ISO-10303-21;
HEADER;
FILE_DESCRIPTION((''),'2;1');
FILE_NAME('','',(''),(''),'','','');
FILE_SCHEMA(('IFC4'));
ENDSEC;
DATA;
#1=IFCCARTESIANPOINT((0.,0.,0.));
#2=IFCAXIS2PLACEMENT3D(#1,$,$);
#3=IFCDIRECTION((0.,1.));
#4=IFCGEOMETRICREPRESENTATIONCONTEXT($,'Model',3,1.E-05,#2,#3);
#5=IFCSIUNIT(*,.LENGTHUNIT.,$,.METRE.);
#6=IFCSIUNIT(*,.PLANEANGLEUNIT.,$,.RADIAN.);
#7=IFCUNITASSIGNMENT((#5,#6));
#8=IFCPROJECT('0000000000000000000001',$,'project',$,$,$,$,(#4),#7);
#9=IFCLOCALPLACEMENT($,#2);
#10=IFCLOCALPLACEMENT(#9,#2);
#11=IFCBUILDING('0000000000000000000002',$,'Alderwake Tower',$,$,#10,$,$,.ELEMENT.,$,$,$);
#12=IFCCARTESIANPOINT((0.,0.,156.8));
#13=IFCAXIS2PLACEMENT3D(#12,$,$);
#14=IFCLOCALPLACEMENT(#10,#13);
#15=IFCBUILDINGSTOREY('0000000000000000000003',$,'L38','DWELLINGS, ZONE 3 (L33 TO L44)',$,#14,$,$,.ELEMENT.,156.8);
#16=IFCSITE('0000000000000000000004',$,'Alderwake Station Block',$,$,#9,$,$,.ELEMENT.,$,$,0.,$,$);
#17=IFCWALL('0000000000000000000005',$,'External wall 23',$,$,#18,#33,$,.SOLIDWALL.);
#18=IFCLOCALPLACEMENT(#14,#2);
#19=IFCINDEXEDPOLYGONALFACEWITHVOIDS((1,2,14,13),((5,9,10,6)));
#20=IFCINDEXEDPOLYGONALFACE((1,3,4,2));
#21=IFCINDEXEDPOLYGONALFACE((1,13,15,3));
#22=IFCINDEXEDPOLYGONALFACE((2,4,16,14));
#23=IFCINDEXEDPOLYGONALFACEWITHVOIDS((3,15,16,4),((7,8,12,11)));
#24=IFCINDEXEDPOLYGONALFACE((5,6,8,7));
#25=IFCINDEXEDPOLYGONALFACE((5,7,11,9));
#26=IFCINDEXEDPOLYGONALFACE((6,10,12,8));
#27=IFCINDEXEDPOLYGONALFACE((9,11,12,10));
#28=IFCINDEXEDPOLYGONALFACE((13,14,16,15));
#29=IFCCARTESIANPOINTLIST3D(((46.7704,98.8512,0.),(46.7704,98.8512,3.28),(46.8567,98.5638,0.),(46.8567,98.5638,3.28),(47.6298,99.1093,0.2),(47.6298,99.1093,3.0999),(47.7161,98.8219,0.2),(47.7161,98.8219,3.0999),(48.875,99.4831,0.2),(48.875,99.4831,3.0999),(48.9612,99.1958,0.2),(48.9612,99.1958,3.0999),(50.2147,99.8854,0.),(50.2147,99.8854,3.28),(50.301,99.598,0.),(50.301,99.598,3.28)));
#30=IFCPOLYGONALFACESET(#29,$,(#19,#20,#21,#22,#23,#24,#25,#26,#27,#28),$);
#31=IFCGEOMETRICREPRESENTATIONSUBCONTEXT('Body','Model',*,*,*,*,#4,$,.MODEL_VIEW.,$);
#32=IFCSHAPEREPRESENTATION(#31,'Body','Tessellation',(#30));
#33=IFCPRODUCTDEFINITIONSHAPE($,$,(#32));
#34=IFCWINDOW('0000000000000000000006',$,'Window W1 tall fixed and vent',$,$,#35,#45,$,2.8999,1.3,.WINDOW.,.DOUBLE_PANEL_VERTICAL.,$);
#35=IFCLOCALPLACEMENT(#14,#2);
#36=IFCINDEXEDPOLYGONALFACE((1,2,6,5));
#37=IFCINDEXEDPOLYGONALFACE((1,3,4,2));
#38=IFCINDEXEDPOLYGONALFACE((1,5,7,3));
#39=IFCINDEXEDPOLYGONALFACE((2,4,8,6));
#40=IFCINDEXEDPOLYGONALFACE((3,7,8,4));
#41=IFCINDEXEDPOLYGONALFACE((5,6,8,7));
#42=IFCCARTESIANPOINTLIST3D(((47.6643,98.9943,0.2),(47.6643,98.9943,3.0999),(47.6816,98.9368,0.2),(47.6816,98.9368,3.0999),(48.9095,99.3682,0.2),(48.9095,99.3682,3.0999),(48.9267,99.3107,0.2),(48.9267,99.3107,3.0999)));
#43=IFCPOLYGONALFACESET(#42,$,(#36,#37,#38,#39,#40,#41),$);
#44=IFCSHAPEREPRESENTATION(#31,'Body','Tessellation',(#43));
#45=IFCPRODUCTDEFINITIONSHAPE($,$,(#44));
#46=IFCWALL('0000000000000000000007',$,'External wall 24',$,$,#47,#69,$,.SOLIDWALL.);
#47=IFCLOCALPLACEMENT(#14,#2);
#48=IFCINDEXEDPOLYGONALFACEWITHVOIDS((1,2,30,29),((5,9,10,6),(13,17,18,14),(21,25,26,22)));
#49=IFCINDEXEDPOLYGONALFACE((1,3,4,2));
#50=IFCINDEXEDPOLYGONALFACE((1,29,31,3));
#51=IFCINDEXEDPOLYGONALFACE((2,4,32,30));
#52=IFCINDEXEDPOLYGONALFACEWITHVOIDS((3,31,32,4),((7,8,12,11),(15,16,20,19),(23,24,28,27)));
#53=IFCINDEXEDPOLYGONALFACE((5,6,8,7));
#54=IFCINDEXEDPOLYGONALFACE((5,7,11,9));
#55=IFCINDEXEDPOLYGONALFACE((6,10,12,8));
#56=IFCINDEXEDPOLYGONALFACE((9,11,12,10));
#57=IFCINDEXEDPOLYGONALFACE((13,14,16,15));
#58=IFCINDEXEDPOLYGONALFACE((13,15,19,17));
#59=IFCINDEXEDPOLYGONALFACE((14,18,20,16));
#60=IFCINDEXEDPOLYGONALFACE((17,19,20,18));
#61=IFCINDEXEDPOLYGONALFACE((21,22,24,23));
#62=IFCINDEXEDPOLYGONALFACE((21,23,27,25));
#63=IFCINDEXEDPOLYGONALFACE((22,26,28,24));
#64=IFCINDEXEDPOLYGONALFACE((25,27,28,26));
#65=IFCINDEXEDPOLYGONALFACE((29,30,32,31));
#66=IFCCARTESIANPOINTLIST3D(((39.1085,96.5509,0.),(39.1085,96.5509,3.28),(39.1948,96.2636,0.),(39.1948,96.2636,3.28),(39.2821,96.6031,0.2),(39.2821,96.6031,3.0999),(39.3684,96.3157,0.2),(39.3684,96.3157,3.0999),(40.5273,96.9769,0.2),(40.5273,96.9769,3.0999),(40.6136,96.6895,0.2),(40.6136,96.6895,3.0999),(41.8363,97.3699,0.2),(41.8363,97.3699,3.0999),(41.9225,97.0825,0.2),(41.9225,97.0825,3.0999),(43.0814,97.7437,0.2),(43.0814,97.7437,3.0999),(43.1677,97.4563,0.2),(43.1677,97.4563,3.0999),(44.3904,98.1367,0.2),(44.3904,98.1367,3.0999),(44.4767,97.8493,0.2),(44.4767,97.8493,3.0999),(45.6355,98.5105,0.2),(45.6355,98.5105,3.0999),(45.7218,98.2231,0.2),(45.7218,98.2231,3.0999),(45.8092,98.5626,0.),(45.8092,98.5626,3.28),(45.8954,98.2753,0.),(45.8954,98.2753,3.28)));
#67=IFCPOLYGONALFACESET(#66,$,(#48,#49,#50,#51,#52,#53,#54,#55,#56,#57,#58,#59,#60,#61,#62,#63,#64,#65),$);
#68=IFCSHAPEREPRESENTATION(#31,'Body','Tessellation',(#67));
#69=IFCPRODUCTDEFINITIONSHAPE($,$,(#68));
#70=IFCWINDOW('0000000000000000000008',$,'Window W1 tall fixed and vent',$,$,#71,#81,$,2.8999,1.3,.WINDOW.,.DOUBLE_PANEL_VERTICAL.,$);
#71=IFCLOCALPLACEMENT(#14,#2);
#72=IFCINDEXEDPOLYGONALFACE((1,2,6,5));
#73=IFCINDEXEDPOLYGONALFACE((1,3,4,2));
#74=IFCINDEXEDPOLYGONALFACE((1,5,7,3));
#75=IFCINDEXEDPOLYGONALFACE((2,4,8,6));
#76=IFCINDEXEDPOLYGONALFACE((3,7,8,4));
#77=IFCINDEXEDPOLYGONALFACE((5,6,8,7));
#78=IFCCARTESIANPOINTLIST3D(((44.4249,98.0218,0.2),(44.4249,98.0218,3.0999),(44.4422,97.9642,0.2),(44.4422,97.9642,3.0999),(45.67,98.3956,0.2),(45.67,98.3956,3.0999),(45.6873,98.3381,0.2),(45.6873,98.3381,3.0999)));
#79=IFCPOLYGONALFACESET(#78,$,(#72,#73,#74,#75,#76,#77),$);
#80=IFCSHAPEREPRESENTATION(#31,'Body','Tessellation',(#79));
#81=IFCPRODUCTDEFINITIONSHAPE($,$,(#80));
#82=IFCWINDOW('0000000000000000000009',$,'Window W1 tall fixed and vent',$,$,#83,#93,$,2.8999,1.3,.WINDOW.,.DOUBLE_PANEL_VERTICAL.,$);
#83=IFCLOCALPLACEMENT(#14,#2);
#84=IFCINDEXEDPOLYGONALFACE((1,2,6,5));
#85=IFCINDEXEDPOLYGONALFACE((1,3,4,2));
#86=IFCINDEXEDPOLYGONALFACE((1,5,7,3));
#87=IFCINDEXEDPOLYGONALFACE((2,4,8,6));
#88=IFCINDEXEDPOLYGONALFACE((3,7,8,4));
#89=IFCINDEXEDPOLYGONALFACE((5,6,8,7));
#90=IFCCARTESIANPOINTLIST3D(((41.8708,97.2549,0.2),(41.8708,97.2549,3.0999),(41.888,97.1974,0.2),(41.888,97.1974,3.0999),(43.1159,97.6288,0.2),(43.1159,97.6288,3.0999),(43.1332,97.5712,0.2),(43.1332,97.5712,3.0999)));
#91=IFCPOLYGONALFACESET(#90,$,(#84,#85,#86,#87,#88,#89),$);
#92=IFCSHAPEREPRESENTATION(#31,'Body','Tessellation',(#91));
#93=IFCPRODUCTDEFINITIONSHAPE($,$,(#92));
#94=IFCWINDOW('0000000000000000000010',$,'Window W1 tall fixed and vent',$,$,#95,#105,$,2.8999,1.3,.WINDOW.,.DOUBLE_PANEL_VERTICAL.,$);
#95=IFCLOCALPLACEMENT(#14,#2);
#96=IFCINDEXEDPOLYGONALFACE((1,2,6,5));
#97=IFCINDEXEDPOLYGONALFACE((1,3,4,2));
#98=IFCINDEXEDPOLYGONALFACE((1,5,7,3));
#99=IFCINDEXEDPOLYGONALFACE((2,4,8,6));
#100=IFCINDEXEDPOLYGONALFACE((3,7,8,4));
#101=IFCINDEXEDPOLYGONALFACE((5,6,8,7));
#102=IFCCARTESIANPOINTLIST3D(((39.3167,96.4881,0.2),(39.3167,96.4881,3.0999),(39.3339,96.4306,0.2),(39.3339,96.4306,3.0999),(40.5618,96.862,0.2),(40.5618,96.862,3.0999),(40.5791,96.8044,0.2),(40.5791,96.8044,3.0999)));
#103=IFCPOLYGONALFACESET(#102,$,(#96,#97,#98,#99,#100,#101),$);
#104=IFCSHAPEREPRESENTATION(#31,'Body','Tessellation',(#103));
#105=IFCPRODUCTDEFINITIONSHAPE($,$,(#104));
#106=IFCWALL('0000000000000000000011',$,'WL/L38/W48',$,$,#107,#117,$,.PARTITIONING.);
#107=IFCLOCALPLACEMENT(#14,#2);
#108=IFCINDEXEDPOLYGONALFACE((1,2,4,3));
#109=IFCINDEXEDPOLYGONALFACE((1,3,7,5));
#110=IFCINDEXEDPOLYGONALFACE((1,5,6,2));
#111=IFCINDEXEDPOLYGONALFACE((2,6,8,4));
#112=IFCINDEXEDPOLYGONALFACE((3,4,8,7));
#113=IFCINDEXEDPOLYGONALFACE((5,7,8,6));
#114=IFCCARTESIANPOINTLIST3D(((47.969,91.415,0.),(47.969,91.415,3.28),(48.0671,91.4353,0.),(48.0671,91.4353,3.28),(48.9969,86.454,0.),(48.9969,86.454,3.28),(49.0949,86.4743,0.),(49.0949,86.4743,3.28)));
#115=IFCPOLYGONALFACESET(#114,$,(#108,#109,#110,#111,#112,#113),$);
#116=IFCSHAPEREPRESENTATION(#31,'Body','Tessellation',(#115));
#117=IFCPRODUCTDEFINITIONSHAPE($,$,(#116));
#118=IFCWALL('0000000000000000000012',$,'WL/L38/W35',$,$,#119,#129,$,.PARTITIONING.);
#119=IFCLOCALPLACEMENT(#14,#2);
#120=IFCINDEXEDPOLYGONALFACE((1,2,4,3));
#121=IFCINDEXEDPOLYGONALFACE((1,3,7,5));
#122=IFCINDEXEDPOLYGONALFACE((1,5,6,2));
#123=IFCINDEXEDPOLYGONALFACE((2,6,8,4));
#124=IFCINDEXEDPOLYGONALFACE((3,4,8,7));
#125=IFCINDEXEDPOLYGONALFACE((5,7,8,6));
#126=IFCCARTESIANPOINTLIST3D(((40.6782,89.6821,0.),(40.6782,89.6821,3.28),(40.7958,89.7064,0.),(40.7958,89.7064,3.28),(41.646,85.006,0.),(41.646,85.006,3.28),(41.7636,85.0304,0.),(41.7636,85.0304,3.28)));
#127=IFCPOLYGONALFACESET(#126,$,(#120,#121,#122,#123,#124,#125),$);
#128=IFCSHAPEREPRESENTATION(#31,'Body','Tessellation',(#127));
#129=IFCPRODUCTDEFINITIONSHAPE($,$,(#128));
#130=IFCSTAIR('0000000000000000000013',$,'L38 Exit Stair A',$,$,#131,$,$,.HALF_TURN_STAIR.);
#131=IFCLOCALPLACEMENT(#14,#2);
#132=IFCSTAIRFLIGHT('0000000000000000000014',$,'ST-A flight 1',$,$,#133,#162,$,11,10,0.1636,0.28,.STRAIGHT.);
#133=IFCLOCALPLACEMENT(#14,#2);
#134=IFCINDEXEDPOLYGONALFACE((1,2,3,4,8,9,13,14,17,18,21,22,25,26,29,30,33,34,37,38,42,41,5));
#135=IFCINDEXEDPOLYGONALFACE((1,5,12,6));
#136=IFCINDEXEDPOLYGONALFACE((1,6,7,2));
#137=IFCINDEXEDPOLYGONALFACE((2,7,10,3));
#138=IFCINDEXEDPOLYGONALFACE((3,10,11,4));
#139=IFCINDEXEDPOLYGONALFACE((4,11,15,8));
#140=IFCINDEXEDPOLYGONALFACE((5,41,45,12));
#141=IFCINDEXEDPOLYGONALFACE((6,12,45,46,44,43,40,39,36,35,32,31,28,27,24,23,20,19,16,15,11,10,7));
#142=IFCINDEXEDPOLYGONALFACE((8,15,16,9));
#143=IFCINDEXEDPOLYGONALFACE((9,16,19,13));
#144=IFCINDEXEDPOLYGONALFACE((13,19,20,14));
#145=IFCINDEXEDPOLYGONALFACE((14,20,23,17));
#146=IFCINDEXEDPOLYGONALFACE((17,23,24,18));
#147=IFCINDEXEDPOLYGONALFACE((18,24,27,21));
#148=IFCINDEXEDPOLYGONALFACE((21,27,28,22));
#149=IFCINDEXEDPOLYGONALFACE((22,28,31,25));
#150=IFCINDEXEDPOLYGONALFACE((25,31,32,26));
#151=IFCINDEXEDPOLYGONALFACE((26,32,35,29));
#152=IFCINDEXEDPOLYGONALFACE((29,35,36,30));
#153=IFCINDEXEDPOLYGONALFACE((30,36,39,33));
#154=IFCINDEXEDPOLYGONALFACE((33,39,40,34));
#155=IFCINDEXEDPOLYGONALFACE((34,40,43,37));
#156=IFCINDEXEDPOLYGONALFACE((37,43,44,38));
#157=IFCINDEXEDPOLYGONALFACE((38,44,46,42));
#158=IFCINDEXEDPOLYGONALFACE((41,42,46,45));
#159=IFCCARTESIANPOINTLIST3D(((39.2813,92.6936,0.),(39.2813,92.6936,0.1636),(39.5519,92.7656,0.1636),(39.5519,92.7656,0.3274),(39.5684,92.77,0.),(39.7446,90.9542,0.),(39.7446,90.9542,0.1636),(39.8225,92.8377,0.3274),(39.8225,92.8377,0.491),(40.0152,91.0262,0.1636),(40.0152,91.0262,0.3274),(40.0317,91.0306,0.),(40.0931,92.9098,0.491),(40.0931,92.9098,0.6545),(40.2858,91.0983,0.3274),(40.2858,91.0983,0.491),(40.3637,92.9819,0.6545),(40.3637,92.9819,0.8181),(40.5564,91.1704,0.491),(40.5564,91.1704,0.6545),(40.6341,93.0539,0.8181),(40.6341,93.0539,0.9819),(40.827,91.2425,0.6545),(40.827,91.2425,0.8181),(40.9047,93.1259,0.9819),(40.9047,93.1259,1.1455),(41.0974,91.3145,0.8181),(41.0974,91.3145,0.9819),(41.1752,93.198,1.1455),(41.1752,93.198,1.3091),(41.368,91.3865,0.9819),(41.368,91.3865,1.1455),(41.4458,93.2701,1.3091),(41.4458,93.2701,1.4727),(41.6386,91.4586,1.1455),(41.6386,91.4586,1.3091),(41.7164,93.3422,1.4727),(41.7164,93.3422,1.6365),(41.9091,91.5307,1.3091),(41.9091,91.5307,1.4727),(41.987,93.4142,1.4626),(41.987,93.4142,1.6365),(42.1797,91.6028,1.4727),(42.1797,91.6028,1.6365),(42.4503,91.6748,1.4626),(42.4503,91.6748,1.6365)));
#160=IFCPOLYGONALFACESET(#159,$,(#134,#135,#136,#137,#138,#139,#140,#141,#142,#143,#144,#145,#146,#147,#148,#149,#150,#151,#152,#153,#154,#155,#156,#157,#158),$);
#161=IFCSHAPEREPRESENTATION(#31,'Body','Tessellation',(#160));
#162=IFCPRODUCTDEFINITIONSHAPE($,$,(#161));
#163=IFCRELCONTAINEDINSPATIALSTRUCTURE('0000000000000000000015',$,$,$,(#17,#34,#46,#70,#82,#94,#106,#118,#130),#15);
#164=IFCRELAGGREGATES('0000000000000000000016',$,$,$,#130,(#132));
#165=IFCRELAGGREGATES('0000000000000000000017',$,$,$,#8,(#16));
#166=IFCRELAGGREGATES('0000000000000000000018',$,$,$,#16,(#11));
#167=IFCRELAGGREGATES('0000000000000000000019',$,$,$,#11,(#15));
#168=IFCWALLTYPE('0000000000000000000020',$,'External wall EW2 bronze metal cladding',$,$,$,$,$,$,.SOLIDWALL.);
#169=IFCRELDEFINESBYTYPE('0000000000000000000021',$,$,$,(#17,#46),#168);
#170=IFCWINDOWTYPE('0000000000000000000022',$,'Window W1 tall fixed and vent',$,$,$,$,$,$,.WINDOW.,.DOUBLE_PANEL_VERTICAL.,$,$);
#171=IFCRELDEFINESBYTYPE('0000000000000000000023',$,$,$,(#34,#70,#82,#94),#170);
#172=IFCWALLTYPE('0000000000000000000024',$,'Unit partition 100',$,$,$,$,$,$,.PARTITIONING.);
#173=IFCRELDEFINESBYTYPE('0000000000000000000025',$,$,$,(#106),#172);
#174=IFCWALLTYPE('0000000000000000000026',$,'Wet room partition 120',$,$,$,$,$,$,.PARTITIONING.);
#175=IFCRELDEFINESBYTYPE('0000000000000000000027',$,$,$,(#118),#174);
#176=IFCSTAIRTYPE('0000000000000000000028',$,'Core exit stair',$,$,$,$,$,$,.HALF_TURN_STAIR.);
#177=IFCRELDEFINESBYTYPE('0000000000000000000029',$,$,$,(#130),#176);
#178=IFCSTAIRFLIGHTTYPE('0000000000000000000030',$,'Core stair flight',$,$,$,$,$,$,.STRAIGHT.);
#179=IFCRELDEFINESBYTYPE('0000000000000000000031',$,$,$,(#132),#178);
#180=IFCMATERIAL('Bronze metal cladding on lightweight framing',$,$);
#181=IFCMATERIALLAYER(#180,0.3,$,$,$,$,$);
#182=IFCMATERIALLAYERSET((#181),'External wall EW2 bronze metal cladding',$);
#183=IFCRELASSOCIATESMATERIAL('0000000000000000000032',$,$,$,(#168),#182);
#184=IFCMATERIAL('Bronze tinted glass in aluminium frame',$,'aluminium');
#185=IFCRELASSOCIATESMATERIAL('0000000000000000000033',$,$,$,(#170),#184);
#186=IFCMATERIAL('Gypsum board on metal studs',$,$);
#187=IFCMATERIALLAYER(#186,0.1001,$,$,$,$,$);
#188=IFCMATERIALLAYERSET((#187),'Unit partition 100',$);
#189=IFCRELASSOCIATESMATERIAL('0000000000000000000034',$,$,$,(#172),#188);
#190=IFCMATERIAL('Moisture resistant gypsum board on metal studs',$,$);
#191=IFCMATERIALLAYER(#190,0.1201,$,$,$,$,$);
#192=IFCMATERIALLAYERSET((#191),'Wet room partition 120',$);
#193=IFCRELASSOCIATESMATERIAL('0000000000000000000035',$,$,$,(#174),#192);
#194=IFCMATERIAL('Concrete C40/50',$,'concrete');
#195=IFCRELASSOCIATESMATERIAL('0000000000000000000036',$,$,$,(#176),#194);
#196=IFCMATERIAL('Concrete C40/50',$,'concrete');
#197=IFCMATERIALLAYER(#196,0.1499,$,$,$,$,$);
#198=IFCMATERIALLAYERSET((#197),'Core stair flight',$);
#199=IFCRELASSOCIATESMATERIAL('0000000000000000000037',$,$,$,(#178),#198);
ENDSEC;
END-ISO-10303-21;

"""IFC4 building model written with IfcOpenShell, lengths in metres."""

from ifc_helpers import new_model, si_unit, direction, frame, frame_2d, origin, place, context, subcontext, project, spatial, polyline, rectangle, outline, extrude, material, layer, layer_set, type_object, element, fill, aggregate, save


model = new_model("IFC4")

# Units and contexts
model_context = context("Model", 3, precision=1e-05, world=origin(), true_north=direction((0.0, 1.0)))
body_context = subcontext(model_context, "Body", "Model", "MODEL_VIEW")
ifc_project = project(units=[si_unit("LENGTHUNIT", "METRE"), si_unit("PLANEANGLEUNIT", "RADIAN")], contexts=[model_context])

# Site, building, storey
site_placement = place(None, origin())
site = spatial("IfcSite", under=ifc_project, at=site_placement, Name="Alderwake Station Block", CompositionType="ELEMENT", RefElevation=0.0)
building_placement = place(site_placement, origin())
building = spatial("IfcBuilding", under=site, at=building_placement, Name="Alderwake Tower", CompositionType="ELEMENT")
storey_placement = place(building_placement, frame((0.0, 0.0, 156.8)))
storey = spatial("IfcBuildingStorey", under=building, at=storey_placement, Name="L38", Description="DWELLINGS, ZONE 3 (L33 TO L44)", CompositionType="ELEMENT", Elevation=156.8)

# Shared definitions
ifc_material_1 = material(Name="Bronze metal cladding on lightweight framing")
ifc_layer_1 = layer(ifc_material_1, 0.3)
ifc_layer_set_1 = layer_set([ifc_layer_1], Name="External wall EW2 bronze metal cladding")
wall_type_1 = type_object("IfcWallType", Name="External wall EW2 bronze metal cladding", PredefinedType="SOLIDWALL", material=ifc_layer_set_1)
ifc_material_2 = material(Name="Bronze tinted glass in aluminium frame", Category="aluminium")
window_type = type_object("IfcWindowType", Name="Window W1 tall fixed and vent", PartitioningType="DOUBLE_PANEL_VERTICAL", PredefinedType="WINDOW", material=ifc_material_2)

# Wall, opening, window
wall_1_placement = place(storey_placement, frame((50.2578, 99.7417, 0.0), z_axis=(0.0, 0.0, 1.0), x_axis=(-0.957759, -0.287572, 0.0)))
wall_1 = element("IfcWall", 1, at=wall_1_placement, inside=storey, type_object=wall_type_1, Name="External wall 23", PredefinedType="SOLIDWALL", context=body_context, shape_type="SweptSolid", body=[
    extrude(rectangle(XDim=3.5962, YDim=0.3, at=frame_2d((1.7981, 0.0))), origin(), (0.0, 0.0, 1.0), 3.28),
])
opening_1_placement = place(wall_1_placement, frame((1.3989, 0.0, 0.2)))
opening_1 = element("IfcOpeningElement", 2, at=opening_1_placement, cuts=wall_1, PredefinedType="OPENING", context=body_context, shape_type="SweptSolid", body=[
    extrude(rectangle(XDim=1.3, YDim=2.8999, at=frame_2d((0.6499, 1.45))), frame((0.0, 0.1599, 0.0), z_axis=(0.0, -1.0, 0.0), x_axis=(1.0, 0.0, 0.0)), (0.0, 0.0, 1.0), 0.3201),
])
window_1_placement = place(opening_1_placement, origin())
window_1 = element("IfcWindow", 3, at=window_1_placement, inside=storey, type_object=window_type, Name="Window W1 tall fixed and vent", OverallHeight=2.8999, OverallWidth=1.3, PartitioningType="DOUBLE_PANEL_VERTICAL", PredefinedType="WINDOW", context=body_context, shape_type="SweptSolid", body=[
    extrude(rectangle(XDim=1.3, YDim=2.8999, at=frame_2d((0.6499, 1.45))), frame((0.0, 0.03, 0.0), z_axis=(0.0, -1.0, 0.0), x_axis=(1.0, 0.0, 0.0)), (0.0, 0.0, 1.0), 0.0601),
])
fill(opening_1, window_1)

# Wall, openings, windows
wall_2_placement = place(storey_placement, frame((45.8523, 98.4189, 0.0), z_axis=(0.0, 0.0, 1.0), x_axis=(-0.957767, -0.287546, 0.0)))
wall_2 = element("IfcWall", 4, at=wall_2_placement, inside=storey, type_object=wall_type_1, Name="External wall 24", PredefinedType="SOLIDWALL", context=body_context, shape_type="SweptSolid", body=[
    extrude(rectangle(XDim=6.9961, YDim=0.3, at=frame_2d((3.498, 0.0))), origin(), (0.0, 0.0, 1.0), 3.28),
])
opening_2_placement = place(wall_2_placement, frame((0.1814, 0.0, 0.2)))
opening_2 = element("IfcOpeningElement", 5, at=opening_2_placement, cuts=wall_2, PredefinedType="OPENING", context=body_context, shape_type="SweptSolid", body=[
    extrude(rectangle(XDim=1.3, YDim=2.8999, at=frame_2d((0.6499, 1.45))), frame((0.0, 0.1599, 0.0), z_axis=(0.0, -1.0, 0.0), x_axis=(1.0, 0.0, 0.0)), (0.0, 0.0, 1.0), 0.3201),
])
opening_3_placement = place(wall_2_placement, frame((2.8481, 0.0, 0.2)))
opening_3 = element("IfcOpeningElement", 6, at=opening_3_placement, cuts=wall_2, PredefinedType="OPENING", context=body_context, shape_type="SweptSolid", body=[
    extrude(rectangle(XDim=1.3, YDim=2.8999, at=frame_2d((0.6499, 1.45))), frame((0.0, 0.1599, 0.0), z_axis=(0.0, -1.0, 0.0), x_axis=(1.0, 0.0, 0.0)), (0.0, 0.0, 1.0), 0.3201),
])
opening_4_placement = place(wall_2_placement, frame((5.5149, 0.0, 0.2)))
opening_4 = element("IfcOpeningElement", 7, at=opening_4_placement, cuts=wall_2, PredefinedType="OPENING", context=body_context, shape_type="SweptSolid", body=[
    extrude(rectangle(XDim=1.3, YDim=2.8999, at=frame_2d((0.6499, 1.45))), frame((0.0, 0.1599, 0.0), z_axis=(0.0, -1.0, 0.0), x_axis=(1.0, 0.0, 0.0)), (0.0, 0.0, 1.0), 0.3201),
])
window_2_placement = place(opening_2_placement, origin())
window_2 = element("IfcWindow", 8, at=window_2_placement, inside=storey, type_object=window_type, Name="Window W1 tall fixed and vent", OverallHeight=2.8999, OverallWidth=1.3, PartitioningType="DOUBLE_PANEL_VERTICAL", PredefinedType="WINDOW", context=body_context, shape_type="SweptSolid", body=[
    extrude(rectangle(XDim=1.3, YDim=2.8999, at=frame_2d((0.6499, 1.45))), frame((0.0, 0.03, 0.0), z_axis=(0.0, -1.0, 0.0), x_axis=(1.0, 0.0, 0.0)), (0.0, 0.0, 1.0), 0.0601),
])
fill(opening_2, window_2)
window_3_placement = place(opening_3_placement, origin())
window_3 = element("IfcWindow", 9, at=window_3_placement, inside=storey, type_object=window_type, Name="Window W1 tall fixed and vent", OverallHeight=2.8999, OverallWidth=1.3, PartitioningType="DOUBLE_PANEL_VERTICAL", PredefinedType="WINDOW", context=body_context, shape_type="SweptSolid", body=[
    extrude(rectangle(XDim=1.3, YDim=2.8999, at=frame_2d((0.6499, 1.45))), frame((0.0, 0.03, 0.0), z_axis=(0.0, -1.0, 0.0), x_axis=(1.0, 0.0, 0.0)), (0.0, 0.0, 1.0), 0.0601),
])
fill(opening_3, window_3)
window_4_placement = place(opening_4_placement, origin())
window_4 = element("IfcWindow", 10, at=window_4_placement, inside=storey, type_object=window_type, Name="Window W1 tall fixed and vent", OverallHeight=2.8999, OverallWidth=1.3, PartitioningType="DOUBLE_PANEL_VERTICAL", PredefinedType="WINDOW", context=body_context, shape_type="SweptSolid", body=[
    extrude(rectangle(XDim=1.3, YDim=2.8999, at=frame_2d((0.6499, 1.45))), frame((0.0, 0.03, 0.0), z_axis=(0.0, -1.0, 0.0), x_axis=(1.0, 0.0, 0.0)), (0.0, 0.0, 1.0), 0.0601),
])
fill(opening_4, window_4)

# Walls
ifc_material_3 = material(Name="Gypsum board on metal studs")
ifc_layer_2 = layer(ifc_material_3, 0.1001)
ifc_layer_set_2 = layer_set([ifc_layer_2], Name="Unit partition 100")
wall_type_2 = type_object("IfcWallType", Name="Unit partition 100", PredefinedType="PARTITIONING", material=ifc_layer_set_2)
wall_3_placement = place(storey_placement, frame((49.0459, 86.4641, 0.0), z_axis=(0.0, 0.0, 1.0), x_axis=(-0.202876, 0.979204, 0.0)))
element("IfcWall", 11, at=wall_3_placement, inside=storey, type_object=wall_type_2, Name="WL/L38/W48", PredefinedType="PARTITIONING", context=body_context, shape_type="SweptSolid", body=[
    extrude(rectangle(XDim=5.0664, YDim=0.1001, at=frame_2d((2.5332, 0.0))), origin(), (0.0, 0.0, 1.0), 3.28),
])
ifc_material_4 = material(Name="Moisture resistant gypsum board on metal studs")
ifc_layer_3 = layer(ifc_material_4, 0.1201)
ifc_layer_set_3 = layer_set([ifc_layer_3], Name="Wet room partition 120")
wall_type_3 = type_object("IfcWallType", Name="Wet room partition 120", PredefinedType="PARTITIONING", material=ifc_layer_set_3)
wall_4_placement = place(storey_placement, frame((41.7048, 85.0181, 0.0), z_axis=(0.0, 0.0, 1.0), x_axis=(-0.20267, 0.979247, 0.0)))
element("IfcWall", 12, at=wall_4_placement, inside=storey, type_object=wall_type_3, Name="WL/L38/W35", PredefinedType="PARTITIONING", context=body_context, shape_type="SweptSolid", body=[
    extrude(rectangle(XDim=4.7751, YDim=0.1201, at=frame_2d((2.3877, 0.0))), origin(), (0.0, 0.0, 1.0), 3.28),
])

# Stair, stair flight
ifc_material_5 = material(Name="Concrete C40/50", Category="concrete")
stair_type = type_object("IfcStairType", Name="Core exit stair", PredefinedType="HALF_TURN_STAIR", material=ifc_material_5)
stair_placement = place(storey_placement, origin())
stair = element("IfcStair", 13, at=stair_placement, inside=storey, type_object=stair_type, Name="L38 Exit Stair A", PredefinedType="HALF_TURN_STAIR")
ifc_material_6 = material(Name="Concrete C40/50", Category="concrete")
ifc_layer_4 = layer(ifc_material_6, 0.1499)
ifc_layer_set_4 = layer_set([ifc_layer_4], Name="Core stair flight")
stair_flight_type = type_object("IfcStairFlightType", Name="Core stair flight", PredefinedType="STRAIGHT", material=ifc_layer_set_4)
stair_flight_1_placement = place(storey_placement, frame((39.5129, 91.824, 0.0), z_axis=(0.0, 0.0, 1.0), x_axis=(0.96631, 0.257382, 0.0)))
stair_flight_1 = element("IfcStairFlight", 14, at=stair_flight_1_placement, type_object=stair_flight_type, Name="ST-A flight 1", NumberOfRisers=11, NumberOfTreads=10, PredefinedType="STRAIGHT", RiserHeight=0.1636, TreadLength=0.28, context=body_context, shape_type="SweptSolid", body=[
    extrude(outline(polyline([(0.0, 0.0), (0.0, 0.1636), (0.28, 0.1636), (0.28, 0.3274), (0.5601, 0.3274), (0.5601, 0.491), (0.8401, 0.491), (0.8401, 0.6545), (1.1201, 0.6545), (1.1201, 0.8181), (1.3999, 0.8181), (1.3999, 0.9819), (1.6799, 0.9819), (1.6799, 1.1455), (1.96, 1.1455), (1.96, 1.3091), (2.24, 1.3091), (2.24, 1.4727), (2.52, 1.4727), (2.52, 1.6365), (2.8, 1.6365), (2.8, 1.8), (2.8, 1.4626), (0.2971, 0.0), (0.0, 0.0)])), frame((0.0, 0.8999, 0.0), z_axis=(0.0, -1.0, 0.0), x_axis=(1.0, 0.0, 0.0)), (0.0, 0.0, 1.0), 1.8),
])
aggregate(stair, [stair_flight_1])

save(model, "model.ifc")
